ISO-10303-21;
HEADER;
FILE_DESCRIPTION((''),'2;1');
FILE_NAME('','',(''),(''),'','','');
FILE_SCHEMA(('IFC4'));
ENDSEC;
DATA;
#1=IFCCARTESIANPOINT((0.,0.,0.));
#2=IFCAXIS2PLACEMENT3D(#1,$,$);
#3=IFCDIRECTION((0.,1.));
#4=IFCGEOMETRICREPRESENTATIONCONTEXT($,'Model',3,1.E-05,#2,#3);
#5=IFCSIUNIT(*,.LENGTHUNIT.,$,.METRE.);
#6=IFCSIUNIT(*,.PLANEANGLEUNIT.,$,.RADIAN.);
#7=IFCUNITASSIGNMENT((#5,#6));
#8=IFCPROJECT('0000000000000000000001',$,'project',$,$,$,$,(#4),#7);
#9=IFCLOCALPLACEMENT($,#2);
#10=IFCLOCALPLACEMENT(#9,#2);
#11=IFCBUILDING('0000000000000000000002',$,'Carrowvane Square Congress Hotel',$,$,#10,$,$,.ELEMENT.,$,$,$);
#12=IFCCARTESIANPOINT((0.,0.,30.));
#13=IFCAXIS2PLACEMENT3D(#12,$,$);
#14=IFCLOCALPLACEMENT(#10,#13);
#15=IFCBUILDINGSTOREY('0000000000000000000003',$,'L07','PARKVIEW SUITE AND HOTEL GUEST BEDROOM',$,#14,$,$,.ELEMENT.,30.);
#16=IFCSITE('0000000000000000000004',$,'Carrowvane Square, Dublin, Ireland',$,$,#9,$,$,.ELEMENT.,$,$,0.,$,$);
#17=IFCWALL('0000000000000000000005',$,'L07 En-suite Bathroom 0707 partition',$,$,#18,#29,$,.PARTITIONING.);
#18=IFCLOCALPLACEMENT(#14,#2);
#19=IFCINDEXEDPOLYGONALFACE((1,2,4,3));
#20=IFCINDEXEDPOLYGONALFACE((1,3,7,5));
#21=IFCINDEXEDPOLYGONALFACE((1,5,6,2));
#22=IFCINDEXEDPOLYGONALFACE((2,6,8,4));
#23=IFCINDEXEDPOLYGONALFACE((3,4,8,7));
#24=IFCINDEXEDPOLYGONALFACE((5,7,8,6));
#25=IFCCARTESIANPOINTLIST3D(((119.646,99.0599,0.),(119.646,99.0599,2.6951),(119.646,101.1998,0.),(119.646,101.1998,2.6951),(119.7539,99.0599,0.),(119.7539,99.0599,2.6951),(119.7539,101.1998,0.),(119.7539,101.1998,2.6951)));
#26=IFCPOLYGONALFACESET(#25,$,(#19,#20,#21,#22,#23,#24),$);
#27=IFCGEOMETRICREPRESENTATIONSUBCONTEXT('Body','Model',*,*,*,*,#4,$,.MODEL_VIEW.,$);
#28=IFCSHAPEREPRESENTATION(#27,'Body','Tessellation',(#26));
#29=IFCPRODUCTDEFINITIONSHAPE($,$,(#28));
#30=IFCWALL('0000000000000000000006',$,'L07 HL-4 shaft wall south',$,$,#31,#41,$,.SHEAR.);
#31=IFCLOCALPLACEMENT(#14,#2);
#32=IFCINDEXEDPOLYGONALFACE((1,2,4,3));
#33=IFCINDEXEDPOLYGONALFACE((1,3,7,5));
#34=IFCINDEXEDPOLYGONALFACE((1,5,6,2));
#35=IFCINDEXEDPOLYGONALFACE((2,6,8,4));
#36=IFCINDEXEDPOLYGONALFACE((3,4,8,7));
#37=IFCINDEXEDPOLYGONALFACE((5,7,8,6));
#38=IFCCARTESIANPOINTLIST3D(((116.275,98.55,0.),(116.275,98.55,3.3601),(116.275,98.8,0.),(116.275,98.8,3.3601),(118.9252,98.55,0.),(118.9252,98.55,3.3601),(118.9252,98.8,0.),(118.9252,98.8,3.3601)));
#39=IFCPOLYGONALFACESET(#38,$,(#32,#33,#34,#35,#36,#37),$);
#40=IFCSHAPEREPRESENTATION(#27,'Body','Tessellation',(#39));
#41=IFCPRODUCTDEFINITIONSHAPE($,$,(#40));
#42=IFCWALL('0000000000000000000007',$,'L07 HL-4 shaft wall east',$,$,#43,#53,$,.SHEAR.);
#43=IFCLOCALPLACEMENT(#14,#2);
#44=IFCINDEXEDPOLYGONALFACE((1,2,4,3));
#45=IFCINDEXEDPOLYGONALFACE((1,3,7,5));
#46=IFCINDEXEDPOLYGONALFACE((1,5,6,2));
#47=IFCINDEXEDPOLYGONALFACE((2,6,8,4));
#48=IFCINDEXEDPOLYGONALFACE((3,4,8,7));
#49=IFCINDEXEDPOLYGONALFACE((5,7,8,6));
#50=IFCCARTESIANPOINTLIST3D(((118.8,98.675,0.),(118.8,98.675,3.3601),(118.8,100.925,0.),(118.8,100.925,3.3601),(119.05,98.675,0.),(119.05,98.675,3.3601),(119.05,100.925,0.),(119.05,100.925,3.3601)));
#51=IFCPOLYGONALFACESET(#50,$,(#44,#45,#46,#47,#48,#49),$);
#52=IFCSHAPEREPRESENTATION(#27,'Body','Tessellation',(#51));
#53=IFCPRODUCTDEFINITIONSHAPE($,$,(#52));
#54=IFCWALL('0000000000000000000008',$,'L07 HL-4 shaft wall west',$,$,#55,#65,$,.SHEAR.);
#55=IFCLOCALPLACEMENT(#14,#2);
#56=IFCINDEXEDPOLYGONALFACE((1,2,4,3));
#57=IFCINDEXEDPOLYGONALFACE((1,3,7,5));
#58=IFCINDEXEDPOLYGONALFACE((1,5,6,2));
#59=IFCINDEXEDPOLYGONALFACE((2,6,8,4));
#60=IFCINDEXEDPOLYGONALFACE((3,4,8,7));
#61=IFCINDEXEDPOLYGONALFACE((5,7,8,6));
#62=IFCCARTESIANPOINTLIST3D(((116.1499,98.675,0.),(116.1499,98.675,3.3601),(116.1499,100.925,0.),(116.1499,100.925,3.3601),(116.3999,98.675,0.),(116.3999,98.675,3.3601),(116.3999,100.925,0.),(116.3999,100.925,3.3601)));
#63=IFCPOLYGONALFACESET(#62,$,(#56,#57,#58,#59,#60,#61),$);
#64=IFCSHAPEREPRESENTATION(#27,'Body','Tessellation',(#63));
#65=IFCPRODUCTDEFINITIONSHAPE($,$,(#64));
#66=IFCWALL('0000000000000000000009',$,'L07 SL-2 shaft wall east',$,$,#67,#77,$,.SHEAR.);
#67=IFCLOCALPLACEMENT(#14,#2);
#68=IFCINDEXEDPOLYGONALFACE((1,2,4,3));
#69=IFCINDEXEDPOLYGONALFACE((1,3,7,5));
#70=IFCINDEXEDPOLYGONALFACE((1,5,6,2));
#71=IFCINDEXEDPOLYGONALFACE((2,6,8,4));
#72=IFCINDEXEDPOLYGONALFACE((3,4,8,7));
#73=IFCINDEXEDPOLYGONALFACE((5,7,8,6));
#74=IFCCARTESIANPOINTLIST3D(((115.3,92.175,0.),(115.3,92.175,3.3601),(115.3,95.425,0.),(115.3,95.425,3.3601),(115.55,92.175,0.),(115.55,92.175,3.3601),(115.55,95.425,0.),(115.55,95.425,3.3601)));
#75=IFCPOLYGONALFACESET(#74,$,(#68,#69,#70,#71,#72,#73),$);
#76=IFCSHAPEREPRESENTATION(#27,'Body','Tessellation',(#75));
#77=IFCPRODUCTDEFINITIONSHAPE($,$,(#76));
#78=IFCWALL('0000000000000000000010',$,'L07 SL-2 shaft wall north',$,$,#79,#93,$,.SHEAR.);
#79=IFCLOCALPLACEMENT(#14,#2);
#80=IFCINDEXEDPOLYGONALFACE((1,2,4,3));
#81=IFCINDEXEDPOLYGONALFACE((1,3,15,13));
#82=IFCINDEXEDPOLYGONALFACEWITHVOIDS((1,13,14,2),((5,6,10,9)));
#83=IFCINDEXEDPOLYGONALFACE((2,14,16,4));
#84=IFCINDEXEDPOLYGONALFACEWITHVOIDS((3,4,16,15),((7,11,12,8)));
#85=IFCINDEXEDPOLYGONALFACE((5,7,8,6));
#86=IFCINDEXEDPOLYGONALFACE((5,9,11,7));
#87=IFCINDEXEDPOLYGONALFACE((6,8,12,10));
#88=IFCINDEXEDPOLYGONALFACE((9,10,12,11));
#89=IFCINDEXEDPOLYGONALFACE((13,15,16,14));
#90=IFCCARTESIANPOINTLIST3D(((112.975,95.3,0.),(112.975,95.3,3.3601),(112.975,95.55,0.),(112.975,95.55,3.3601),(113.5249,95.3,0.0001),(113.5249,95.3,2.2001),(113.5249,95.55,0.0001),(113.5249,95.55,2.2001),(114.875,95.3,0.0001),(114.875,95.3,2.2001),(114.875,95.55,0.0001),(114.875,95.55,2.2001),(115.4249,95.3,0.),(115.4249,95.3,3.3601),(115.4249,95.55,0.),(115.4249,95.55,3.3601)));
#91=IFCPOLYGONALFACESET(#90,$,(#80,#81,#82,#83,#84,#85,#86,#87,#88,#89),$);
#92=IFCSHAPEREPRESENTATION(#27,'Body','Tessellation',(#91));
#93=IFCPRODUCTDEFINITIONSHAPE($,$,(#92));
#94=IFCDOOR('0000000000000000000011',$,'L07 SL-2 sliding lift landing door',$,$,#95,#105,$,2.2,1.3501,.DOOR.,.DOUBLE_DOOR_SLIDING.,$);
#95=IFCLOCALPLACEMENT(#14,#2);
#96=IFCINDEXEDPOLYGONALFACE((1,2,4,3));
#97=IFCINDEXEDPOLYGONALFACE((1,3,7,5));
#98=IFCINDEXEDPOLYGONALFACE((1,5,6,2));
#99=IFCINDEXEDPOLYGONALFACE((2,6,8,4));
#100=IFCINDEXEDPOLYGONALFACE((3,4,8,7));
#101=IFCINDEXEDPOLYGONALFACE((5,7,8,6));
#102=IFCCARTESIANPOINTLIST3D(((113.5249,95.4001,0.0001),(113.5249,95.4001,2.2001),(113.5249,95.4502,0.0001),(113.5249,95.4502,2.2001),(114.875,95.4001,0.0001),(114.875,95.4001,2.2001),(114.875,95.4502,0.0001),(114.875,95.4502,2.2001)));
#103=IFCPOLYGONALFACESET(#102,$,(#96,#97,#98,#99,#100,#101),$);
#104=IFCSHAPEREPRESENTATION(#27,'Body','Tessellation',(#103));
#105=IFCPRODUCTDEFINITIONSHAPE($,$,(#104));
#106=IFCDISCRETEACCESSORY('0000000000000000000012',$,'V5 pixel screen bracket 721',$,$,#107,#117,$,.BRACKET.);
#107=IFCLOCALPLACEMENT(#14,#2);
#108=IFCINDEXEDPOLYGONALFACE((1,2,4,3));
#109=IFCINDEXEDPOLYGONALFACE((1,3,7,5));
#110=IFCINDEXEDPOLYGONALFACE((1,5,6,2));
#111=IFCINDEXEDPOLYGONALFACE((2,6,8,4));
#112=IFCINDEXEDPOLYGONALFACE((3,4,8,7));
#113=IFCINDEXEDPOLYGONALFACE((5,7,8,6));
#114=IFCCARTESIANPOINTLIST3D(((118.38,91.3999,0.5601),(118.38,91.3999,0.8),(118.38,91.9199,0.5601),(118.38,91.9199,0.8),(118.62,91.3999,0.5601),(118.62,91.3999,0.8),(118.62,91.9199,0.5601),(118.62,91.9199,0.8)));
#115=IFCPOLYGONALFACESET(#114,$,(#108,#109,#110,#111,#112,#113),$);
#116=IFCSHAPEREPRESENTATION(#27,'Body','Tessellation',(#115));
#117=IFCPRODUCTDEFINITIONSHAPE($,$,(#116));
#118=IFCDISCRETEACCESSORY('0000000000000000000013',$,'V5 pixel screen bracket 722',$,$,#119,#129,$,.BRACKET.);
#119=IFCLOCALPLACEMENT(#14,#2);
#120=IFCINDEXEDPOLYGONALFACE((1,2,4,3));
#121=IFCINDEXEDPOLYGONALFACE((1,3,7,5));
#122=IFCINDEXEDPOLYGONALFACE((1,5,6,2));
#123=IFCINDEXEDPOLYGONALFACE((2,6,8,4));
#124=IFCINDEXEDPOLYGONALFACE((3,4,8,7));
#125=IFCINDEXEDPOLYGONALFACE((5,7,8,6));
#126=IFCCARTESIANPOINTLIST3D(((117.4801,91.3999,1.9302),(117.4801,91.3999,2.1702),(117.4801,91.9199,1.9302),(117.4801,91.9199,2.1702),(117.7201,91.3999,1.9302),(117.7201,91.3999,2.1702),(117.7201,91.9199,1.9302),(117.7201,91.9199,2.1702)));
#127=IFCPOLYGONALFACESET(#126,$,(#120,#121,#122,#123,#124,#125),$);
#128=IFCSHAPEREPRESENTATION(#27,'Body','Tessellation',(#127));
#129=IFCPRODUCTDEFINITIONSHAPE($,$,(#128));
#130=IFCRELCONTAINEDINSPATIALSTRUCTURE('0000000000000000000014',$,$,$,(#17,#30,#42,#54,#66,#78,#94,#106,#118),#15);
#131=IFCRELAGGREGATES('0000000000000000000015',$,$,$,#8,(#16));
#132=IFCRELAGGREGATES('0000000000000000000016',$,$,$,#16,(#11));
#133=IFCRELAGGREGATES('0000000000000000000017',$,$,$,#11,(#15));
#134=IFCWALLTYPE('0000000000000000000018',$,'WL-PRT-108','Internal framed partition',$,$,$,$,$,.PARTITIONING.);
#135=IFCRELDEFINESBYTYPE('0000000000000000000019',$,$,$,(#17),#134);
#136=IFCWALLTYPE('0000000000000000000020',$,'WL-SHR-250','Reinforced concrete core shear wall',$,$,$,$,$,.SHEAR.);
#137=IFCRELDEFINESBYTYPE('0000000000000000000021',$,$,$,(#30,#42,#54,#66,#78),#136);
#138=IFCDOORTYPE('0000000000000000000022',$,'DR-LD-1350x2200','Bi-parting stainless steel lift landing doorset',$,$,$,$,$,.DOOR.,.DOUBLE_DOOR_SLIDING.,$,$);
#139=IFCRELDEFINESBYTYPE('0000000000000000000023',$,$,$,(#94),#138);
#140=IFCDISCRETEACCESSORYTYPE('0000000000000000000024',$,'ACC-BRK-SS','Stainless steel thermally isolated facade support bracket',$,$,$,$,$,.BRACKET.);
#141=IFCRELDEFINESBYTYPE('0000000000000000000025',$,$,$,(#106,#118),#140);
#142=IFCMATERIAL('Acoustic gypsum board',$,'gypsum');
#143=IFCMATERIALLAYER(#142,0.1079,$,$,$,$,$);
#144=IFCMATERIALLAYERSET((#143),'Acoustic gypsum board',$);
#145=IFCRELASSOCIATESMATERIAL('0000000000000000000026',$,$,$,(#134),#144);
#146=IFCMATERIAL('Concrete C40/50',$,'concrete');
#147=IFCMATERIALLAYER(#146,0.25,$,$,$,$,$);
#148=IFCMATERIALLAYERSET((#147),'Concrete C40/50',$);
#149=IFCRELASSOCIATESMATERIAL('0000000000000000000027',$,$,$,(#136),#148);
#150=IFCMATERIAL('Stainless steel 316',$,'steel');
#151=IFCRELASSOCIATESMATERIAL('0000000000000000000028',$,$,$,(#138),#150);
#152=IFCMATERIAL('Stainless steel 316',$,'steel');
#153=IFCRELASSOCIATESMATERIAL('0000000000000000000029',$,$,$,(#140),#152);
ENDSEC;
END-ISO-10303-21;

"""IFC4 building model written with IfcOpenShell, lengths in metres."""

from ifc_helpers import new_model, si_unit, direction, frame, frame_2d, origin, origin_2d, place, context, subcontext, project, spatial, rectangle, extrude, material, layer, layer_set, type_object, element, fill, save


model = new_model("IFC4")

# Units and contexts
model_context = context("Model", 3, precision=1e-05, world=origin(), true_north=direction((0.0, 1.0)))
body_context = subcontext(model_context, "Body", "Model", "MODEL_VIEW")
ifc_project = project(units=[si_unit("LENGTHUNIT", "METRE"), si_unit("PLANEANGLEUNIT", "RADIAN")], contexts=[model_context])

# Site, building, storey
site_placement = place(None, origin())
site = spatial("IfcSite", under=ifc_project, at=site_placement, Name="Carrowvane Square, Dublin, Ireland", CompositionType="ELEMENT", RefElevation=0.0)
building_placement = place(site_placement, origin())
building = spatial("IfcBuilding", under=site, at=building_placement, Name="Carrowvane Square Congress Hotel", CompositionType="ELEMENT")
storey_placement = place(building_placement, frame((0.0, 0.0, 30.0)))
storey = spatial("IfcBuildingStorey", under=building, at=storey_placement, Name="L07", Description="PARKVIEW SUITE AND HOTEL GUEST BEDROOM", CompositionType="ELEMENT", Elevation=30.0)

# Walls
ifc_material_1 = material(Name="Acoustic gypsum board", Category="gypsum")
ifc_layer_1 = layer(ifc_material_1, 0.1079)
ifc_layer_set_1 = layer_set([ifc_layer_1], Name="Acoustic gypsum board")
wall_type_1 = type_object("IfcWallType", Name="WL-PRT-108", Description="Internal framed partition", PredefinedType="PARTITIONING", material=ifc_layer_set_1)
wall_1_placement = place(storey_placement, frame((119.7, 99.0601, 0.0), z_axis=(0.0, 0.0, 1.0), x_axis=(0.0, 1.0, 0.0)))
element("IfcWall", 1, at=wall_1_placement, inside=storey, type_object=wall_type_1, Name="L07 En-suite Bathroom 0707 partition", PredefinedType="PARTITIONING", context=body_context, shape_type="SweptSolid", body=[
    extrude(rectangle(XDim=2.1399, YDim=0.1079, at=frame_2d((1.0698, 0.0))), origin(), (0.0, 0.0, 1.0), 2.6951),
])
ifc_material_2 = material(Name="Concrete C40/50", Category="concrete")
ifc_layer_2 = layer(ifc_material_2, 0.25)
ifc_layer_set_2 = layer_set([ifc_layer_2], Name="Concrete C40/50")
wall_type_2 = type_object("IfcWallType", Name="WL-SHR-250", Description="Reinforced concrete core shear wall", PredefinedType="SHEAR", material=ifc_layer_set_2)
wall_2_placement = place(storey_placement, frame((116.2749, 98.675, 0.0), z_axis=(0.0, 0.0, 1.0), x_axis=(1.0, 0.0, 0.0)))
element("IfcWall", 2, at=wall_2_placement, inside=storey, type_object=wall_type_2, Name="L07 HL-4 shaft wall south", PredefinedType="SHEAR", context=body_context, shape_type="SweptSolid", body=[
    extrude(rectangle(XDim=2.6501, YDim=0.25, at=frame_2d((1.3252, 0.0))), origin(), (0.0, 0.0, 1.0), 3.3601),
])
for number, where, z_axis, x_axis, name in (
    (3, (118.925, 98.675, 0.0), (0.0, 0.0, 1.0), (0.0, 1.0, 0.0), "L07 HL-4 shaft wall east"),
    (4, (116.2749, 100.925, 0.0), (0.0, 0.0, 1.0), (0.0, -1.0, 0.0), "L07 HL-4 shaft wall west"),
):
    element("IfcWall", number, at=place(storey_placement, frame(where, z_axis=z_axis, x_axis=x_axis)), inside=storey, type_object=wall_type_2, Name=name, PredefinedType="SHEAR", context=body_context, shape_type="SweptSolid", body=[
        extrude(rectangle(XDim=2.25, YDim=0.25, at=frame_2d((1.125, 0.0))), origin(), (0.0, 0.0, 1.0), 3.3601),
    ])
wall_3_placement = place(storey_placement, frame((115.425, 92.175, 0.0), z_axis=(0.0, 0.0, 1.0), x_axis=(0.0, 1.0, 0.0)))
element("IfcWall", 5, at=wall_3_placement, inside=storey, type_object=wall_type_2, Name="L07 SL-2 shaft wall east", PredefinedType="SHEAR", context=body_context, shape_type="SweptSolid", body=[
    extrude(rectangle(XDim=3.25, YDim=0.25, at=frame_2d((1.625, 0.0))), origin(), (0.0, 0.0, 1.0), 3.3601),
])

# Wall, opening, door
wall_4_placement = place(storey_placement, frame((115.425, 95.425, 0.0), z_axis=(0.0, 0.0, 1.0), x_axis=(-1.0, 0.0, 0.0)))
wall_4 = element("IfcWall", 6, at=wall_4_placement, inside=storey, type_object=wall_type_2, Name="L07 SL-2 shaft wall north", PredefinedType="SHEAR", context=body_context, shape_type="SweptSolid", body=[
    extrude(rectangle(XDim=2.45, YDim=0.25, at=frame_2d((1.2251, 0.0))), origin(), (0.0, 0.0, 1.0), 3.3601),
])
opening_1_placement = place(wall_4_placement, frame((0.55, 0.0, 0.0)))
opening_1 = element("IfcOpeningElement", 7, at=opening_1_placement, cuts=wall_4, PredefinedType="OPENING", context=body_context, shape_type="SweptSolid", body=[
    extrude(rectangle(XDim=1.3501, YDim=2.2, at=frame_2d((0.675, 1.1001))), frame((0.0, 0.135, 0.0), z_axis=(0.0, -1.0, 0.0), x_axis=(1.0, 0.0, 0.0)), (0.0, 0.0, 1.0), 0.27),
])
ifc_material_3 = material(Name="Stainless steel 316", Category="steel")
door_type = type_object("IfcDoorType", Name="DR-LD-1350x2200", Description="Bi-parting stainless steel lift landing doorset", OperationType="DOUBLE_DOOR_SLIDING", PredefinedType="DOOR", material=ifc_material_3)
door_placement = place(opening_1_placement, origin())
door = element("IfcDoor", 8, at=door_placement, inside=storey, type_object=door_type, Name="L07 SL-2 sliding lift landing door", OperationType="DOUBLE_DOOR_SLIDING", OverallHeight=2.2, OverallWidth=1.3501, PredefinedType="DOOR", context=body_context, shape_type="SweptSolid", body=[
    extrude(rectangle(XDim=1.3501, YDim=2.2, at=frame_2d((0.675, 1.1001))), frame((0.0, 0.0249, 0.0), z_axis=(0.0, -1.0, 0.0), x_axis=(1.0, 0.0, 0.0)), (0.0, 0.0, 1.0), 0.05),
])
fill(opening_1, door)

# Discrete accessories
ifc_material_4 = material(Name="Stainless steel 316", Category="steel")
discrete_accessory_type = type_object("IfcDiscreteAccessoryType", Name="ACC-BRK-SS", Description="Stainless steel thermally isolated facade support bracket", PredefinedType="BRACKET", material=ifc_material_4)
for number, where, z_axis, x_axis, name in (
    (9, (118.5, 91.6599, 0.5601), (0.0, 0.0, 1.0), (-1.0, 0.0, 0.0), "V5 pixel screen bracket 721"),
    (10, (117.6001, 91.6599, 1.9302), (0.0, 0.0, 1.0), (-1.0, 0.0, 0.0), "V5 pixel screen bracket 722"),
):
    element("IfcDiscreteAccessory", number, at=place(storey_placement, frame(where, z_axis=z_axis, x_axis=x_axis)), inside=storey, type_object=discrete_accessory_type, Name=name, PredefinedType="BRACKET", context=body_context, shape_type="SweptSolid", body=[
        extrude(rectangle(XDim=0.24, YDim=0.52, at=origin_2d()), origin(), (0.0, 0.0, 1.0), 0.24),
    ])

save(model, "model.ifc")
